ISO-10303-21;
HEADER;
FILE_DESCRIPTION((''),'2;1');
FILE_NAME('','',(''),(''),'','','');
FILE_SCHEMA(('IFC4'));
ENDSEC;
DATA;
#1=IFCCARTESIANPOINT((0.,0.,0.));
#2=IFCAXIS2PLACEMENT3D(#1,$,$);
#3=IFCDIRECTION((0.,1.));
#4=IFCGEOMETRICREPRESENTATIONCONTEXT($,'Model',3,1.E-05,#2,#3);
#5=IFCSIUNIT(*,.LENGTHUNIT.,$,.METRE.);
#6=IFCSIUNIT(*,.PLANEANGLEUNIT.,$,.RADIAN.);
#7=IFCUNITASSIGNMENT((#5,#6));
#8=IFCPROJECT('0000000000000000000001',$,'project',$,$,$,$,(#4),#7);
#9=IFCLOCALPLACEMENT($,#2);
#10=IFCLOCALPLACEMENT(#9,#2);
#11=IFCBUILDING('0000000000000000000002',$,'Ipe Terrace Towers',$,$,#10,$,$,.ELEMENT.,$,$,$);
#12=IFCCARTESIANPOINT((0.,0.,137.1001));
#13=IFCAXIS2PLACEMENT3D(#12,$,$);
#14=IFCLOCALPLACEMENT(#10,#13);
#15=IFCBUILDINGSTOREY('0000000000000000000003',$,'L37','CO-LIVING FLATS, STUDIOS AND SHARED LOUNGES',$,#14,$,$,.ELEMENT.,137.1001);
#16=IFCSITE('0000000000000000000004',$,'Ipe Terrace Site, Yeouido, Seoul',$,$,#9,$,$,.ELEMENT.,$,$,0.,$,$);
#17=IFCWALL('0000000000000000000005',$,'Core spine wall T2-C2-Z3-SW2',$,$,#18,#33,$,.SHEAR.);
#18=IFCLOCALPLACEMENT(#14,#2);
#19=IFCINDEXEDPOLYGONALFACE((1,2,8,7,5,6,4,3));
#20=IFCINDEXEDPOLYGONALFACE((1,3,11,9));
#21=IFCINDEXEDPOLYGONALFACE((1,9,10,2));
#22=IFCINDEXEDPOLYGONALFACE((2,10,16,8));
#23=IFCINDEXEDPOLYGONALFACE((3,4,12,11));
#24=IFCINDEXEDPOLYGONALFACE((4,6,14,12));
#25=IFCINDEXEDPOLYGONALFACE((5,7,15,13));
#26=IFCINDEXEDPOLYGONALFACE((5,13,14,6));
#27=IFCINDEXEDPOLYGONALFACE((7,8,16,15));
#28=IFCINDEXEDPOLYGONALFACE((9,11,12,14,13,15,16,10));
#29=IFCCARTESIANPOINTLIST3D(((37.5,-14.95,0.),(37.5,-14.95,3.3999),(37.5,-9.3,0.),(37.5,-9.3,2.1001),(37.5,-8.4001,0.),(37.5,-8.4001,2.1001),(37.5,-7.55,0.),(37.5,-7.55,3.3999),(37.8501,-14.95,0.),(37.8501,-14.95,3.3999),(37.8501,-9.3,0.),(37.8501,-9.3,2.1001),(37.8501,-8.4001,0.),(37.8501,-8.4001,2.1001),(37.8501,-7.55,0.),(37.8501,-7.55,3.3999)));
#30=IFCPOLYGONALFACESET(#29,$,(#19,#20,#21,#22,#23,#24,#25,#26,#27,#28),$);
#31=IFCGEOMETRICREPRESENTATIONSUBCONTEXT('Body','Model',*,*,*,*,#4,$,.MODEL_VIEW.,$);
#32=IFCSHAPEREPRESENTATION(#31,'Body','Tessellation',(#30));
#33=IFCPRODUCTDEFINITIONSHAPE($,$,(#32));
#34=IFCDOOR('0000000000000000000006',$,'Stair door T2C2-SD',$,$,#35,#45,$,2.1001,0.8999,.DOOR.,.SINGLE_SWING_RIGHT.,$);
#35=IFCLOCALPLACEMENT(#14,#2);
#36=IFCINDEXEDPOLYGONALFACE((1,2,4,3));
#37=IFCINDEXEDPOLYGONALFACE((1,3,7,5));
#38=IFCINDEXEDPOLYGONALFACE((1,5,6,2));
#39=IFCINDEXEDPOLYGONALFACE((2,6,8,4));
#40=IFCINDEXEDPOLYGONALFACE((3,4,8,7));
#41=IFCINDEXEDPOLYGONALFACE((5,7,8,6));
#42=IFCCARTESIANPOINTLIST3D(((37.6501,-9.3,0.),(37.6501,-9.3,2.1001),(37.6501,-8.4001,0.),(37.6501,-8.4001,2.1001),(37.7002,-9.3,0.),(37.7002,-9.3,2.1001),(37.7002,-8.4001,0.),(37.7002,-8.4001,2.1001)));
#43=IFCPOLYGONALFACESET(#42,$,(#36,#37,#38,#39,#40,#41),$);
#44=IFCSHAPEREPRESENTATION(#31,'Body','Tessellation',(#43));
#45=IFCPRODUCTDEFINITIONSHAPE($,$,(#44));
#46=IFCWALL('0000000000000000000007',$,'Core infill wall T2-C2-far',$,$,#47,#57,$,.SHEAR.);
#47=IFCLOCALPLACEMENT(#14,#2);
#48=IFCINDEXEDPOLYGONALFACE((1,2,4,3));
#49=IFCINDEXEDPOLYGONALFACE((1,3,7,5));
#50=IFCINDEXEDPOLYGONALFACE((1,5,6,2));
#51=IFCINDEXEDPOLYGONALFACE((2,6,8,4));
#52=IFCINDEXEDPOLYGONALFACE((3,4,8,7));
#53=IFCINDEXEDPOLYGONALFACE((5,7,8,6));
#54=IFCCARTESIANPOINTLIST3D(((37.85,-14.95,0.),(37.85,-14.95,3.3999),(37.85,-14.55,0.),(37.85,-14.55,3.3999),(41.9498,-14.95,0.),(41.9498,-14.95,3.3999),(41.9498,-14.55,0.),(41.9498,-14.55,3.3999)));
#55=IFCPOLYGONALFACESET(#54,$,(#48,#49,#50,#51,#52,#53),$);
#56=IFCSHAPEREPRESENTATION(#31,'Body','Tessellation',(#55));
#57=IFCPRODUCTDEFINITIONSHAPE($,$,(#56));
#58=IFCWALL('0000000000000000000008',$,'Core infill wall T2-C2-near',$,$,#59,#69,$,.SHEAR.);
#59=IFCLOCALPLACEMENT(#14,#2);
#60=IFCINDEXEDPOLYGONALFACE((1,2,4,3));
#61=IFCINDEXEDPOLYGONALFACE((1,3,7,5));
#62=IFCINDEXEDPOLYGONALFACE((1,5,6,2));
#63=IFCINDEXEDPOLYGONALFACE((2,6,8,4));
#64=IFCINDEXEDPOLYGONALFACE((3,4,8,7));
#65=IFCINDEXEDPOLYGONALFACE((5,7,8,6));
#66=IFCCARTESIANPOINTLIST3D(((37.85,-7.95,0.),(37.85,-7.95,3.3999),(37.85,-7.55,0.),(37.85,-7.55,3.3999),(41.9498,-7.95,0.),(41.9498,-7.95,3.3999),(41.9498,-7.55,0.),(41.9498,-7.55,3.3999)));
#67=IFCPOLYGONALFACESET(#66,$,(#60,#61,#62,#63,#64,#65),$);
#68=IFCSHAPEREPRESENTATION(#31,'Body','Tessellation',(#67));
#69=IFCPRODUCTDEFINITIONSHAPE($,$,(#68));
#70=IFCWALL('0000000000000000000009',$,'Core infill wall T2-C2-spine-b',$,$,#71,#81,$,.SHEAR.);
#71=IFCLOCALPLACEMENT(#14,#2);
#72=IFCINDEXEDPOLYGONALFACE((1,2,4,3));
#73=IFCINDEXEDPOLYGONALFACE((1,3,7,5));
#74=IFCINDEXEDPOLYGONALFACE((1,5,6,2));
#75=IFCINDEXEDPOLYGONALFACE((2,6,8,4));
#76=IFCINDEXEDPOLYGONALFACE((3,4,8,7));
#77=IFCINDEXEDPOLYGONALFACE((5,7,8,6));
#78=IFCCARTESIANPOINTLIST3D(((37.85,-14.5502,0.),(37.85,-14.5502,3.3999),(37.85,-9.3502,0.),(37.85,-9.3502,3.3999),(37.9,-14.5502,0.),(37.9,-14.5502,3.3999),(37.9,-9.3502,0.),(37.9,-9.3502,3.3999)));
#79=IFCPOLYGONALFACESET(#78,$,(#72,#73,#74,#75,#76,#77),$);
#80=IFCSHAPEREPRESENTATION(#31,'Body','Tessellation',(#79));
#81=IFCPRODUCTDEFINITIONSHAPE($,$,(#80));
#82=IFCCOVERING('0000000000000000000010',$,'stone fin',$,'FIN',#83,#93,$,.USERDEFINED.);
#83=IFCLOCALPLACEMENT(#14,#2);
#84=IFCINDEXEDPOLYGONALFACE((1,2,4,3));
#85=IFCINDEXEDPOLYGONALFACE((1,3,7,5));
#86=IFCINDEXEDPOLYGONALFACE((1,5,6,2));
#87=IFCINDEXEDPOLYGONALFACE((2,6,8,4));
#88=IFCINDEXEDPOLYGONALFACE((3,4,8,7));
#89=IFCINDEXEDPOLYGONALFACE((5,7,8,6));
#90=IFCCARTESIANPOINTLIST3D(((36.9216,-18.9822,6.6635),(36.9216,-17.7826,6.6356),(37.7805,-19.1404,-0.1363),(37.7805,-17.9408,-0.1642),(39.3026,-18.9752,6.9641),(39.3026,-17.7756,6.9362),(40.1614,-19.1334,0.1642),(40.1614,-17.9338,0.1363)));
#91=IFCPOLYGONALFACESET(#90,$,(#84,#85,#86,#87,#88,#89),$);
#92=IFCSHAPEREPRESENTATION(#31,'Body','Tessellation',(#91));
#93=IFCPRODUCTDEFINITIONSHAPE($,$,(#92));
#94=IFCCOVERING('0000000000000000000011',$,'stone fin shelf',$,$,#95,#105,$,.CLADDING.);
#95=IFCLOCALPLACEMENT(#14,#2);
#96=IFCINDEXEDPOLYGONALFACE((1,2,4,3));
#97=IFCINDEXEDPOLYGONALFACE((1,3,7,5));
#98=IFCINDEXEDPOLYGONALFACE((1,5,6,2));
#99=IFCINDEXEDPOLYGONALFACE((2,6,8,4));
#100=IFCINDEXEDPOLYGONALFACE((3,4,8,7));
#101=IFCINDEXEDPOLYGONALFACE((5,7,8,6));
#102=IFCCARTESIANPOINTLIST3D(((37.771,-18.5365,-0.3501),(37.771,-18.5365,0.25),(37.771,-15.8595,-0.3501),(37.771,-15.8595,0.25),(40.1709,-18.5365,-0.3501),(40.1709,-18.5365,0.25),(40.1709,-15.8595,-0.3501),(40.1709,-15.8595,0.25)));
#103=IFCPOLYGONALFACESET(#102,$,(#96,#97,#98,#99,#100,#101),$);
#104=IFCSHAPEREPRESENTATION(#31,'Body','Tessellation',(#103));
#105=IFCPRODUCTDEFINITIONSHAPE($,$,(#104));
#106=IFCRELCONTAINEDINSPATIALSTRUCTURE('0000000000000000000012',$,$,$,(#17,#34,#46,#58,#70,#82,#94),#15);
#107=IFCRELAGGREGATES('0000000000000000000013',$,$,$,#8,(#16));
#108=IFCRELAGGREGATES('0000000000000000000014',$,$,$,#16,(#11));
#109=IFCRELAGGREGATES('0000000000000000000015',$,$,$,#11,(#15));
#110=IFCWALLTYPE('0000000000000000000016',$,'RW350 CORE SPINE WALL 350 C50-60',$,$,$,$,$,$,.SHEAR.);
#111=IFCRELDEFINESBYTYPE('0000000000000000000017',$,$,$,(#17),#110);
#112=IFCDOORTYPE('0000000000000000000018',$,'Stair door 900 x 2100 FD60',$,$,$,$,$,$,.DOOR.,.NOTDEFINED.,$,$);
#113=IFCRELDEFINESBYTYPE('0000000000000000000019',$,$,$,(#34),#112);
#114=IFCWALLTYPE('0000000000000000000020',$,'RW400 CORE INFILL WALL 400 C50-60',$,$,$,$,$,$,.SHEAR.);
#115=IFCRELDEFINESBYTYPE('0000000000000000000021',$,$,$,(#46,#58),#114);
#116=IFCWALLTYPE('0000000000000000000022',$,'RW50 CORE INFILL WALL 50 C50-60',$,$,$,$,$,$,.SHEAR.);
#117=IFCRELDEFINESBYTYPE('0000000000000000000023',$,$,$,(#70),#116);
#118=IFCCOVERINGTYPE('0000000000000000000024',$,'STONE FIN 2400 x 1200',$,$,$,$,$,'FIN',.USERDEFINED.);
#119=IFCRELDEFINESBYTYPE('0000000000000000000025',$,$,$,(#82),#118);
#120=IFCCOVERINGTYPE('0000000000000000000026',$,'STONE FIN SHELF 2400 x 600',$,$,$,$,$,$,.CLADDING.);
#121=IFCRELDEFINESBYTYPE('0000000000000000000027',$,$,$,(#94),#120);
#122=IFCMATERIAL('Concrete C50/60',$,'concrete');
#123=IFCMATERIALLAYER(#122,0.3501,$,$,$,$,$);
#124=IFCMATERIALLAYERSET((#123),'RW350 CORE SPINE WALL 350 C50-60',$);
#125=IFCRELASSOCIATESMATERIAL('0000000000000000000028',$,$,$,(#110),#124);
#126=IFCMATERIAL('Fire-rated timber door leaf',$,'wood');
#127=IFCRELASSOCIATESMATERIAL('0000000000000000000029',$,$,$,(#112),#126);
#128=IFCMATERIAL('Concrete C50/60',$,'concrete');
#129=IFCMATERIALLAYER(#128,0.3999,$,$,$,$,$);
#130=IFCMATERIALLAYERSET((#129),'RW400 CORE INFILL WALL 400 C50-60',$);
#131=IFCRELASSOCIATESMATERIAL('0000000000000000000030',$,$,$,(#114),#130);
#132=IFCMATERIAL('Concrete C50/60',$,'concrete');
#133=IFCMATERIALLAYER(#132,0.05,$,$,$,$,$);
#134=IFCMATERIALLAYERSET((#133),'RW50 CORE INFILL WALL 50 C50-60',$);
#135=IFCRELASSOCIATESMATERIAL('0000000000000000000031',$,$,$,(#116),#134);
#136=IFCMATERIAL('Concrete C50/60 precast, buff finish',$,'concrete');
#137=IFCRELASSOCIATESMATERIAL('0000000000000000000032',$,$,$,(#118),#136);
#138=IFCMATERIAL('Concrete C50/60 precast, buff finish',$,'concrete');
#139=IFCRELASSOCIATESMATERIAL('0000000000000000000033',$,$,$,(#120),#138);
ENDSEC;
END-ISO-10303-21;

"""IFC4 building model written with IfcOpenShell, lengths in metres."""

from ifc_helpers import new_model, si_unit, direction, frame, frame_2d, origin, origin_2d, place, context, subcontext, project, spatial, rectangle, extrude, material, layer, layer_set, material_profile, profile_set, type_object, element, fill, save


model = new_model("IFC4")

# Units and contexts
model_context = context("Model", 3, precision=1e-05, world=origin(), true_north=direction((0.0, 1.0)))
body_context = subcontext(model_context, "Body", "Model", "MODEL_VIEW")
ifc_project = project(units=[si_unit("LENGTHUNIT", "METRE"), si_unit("PLANEANGLEUNIT", "RADIAN")], contexts=[model_context])

# Site, building, storey
site_placement = place(None, origin())
site = spatial("IfcSite", under=ifc_project, at=site_placement, Name="Ipe Terrace Site, Yeouido, Seoul", CompositionType="ELEMENT", RefElevation=0.0)
building_placement = place(site_placement, origin())
building = spatial("IfcBuilding", under=site, at=building_placement, Name="Ipe Terrace Towers", CompositionType="ELEMENT")
storey_placement = place(building_placement, frame((0.0, 0.0, 137.1001)))
storey = spatial("IfcBuildingStorey", under=building, at=storey_placement, Name="L37", Description="CO-LIVING FLATS, STUDIOS AND SHARED LOUNGES", CompositionType="ELEMENT", Elevation=137.1001)

# Shared definitions
ifc_material_1 = material(Name="Concrete C50/60", Category="concrete")
ifc_layer_1 = layer(ifc_material_1, 0.3501)
ifc_layer_set_1 = layer_set([ifc_layer_1], Name="RW350 CORE SPINE WALL 350 C50-60")
wall_type_1 = type_object("IfcWallType", Name="RW350 CORE SPINE WALL 350 C50-60", PredefinedType="SHEAR", material=ifc_layer_set_1)

# Wall, opening, door
wall_1_placement = place(storey_placement, frame((37.675, -14.95, 0.0), z_axis=(0.0, 0.0, 1.0), x_axis=(0.0, 1.0, 0.0)))
wall_1 = element("IfcWall", 1, at=wall_1_placement, inside=storey, type_object=wall_type_1, Name="Core spine wall T2-C2-Z3-SW2", PredefinedType="SHEAR", context=body_context, shape_type="SweptSolid", body=[
    extrude(rectangle(XDim=7.3999, YDim=0.3501, at=frame_2d((3.7, 0.0))), origin(), (0.0, 0.0, 1.0), 3.3999),
])
opening_1_placement = place(wall_1_placement, frame((5.6499, 0.0, 0.0)))
opening_1 = element("IfcOpeningElement", 2, at=opening_1_placement, cuts=wall_1, PredefinedType="OPENING", context=body_context, shape_type="SweptSolid", body=[
    extrude(rectangle(XDim=0.8999, YDim=2.1001, at=frame_2d((0.45, 1.05))), frame((0.0, 0.1851, 0.0), z_axis=(0.0, -1.0, 0.0), x_axis=(1.0, 0.0, 0.0)), (0.0, 0.0, 1.0), 0.3701),
])
ifc_material_2 = material(Name="Fire-rated timber door leaf", Category="wood")
door_type_1 = type_object("IfcDoorType", Name="Stair door 900 x 2100 FD60", OperationType="NOTDEFINED", PredefinedType="DOOR", material=ifc_material_2)
door_1_placement = place(opening_1_placement, origin())
door_1 = element("IfcDoor", 3, at=door_1_placement, inside=storey, type_object=door_type_1, Name="Stair door T2C2-SD", OperationType="SINGLE_SWING_RIGHT", OverallHeight=2.1001, OverallWidth=0.8999, PredefinedType="DOOR", context=body_context, shape_type="SweptSolid", body=[
    extrude(rectangle(XDim=0.8999, YDim=2.1001, at=frame_2d((0.45, 1.05))), frame((0.0, 0.0249, 0.0), z_axis=(0.0, -1.0, 0.0), x_axis=(1.0, 0.0, 0.0)), (0.0, 0.0, 1.0), 0.05),
])
fill(opening_1, door_1)

# Walls
ifc_material_3 = material(Name="Concrete C50/60", Category="concrete")
ifc_layer_2 = layer(ifc_material_3, 0.3999)
ifc_layer_set_2 = layer_set([ifc_layer_2], Name="RW400 CORE INFILL WALL 400 C50-60")
wall_type_2 = type_object("IfcWallType", Name="RW400 CORE INFILL WALL 400 C50-60", PredefinedType="SHEAR", material=ifc_layer_set_2)
for number, where, z_axis, x_axis, name in (
    (4, (37.8501, -14.75, 0.0), (0.0, 0.0, 1.0), (1.0, 0.0, 0.0), "Core infill wall T2-C2-far"),
    (5, (37.8501, -7.75, 0.0), (0.0, 0.0, 1.0), (1.0, 0.0, 0.0), "Core infill wall T2-C2-near"),
):
    element("IfcWall", number, at=place(storey_placement, frame(where, z_axis=z_axis, x_axis=x_axis)), inside=storey, type_object=wall_type_2, Name=name, PredefinedType="SHEAR", context=body_context, shape_type="SweptSolid", body=[
        extrude(rectangle(XDim=4.0999, YDim=0.3999, at=frame_2d((2.0498, 0.0))), origin(), (0.0, 0.0, 1.0), 3.3999),
    ])
ifc_material_4 = material(Name="Concrete C50/60", Category="concrete")
ifc_layer_3 = layer(ifc_material_4, 0.05)
ifc_layer_set_3 = layer_set([ifc_layer_3], Name="RW50 CORE INFILL WALL 50 C50-60")
wall_type_3 = type_object("IfcWallType", Name="RW50 CORE INFILL WALL 50 C50-60", PredefinedType="SHEAR", material=ifc_layer_set_3)
wall_2_placement = place(storey_placement, frame((37.875, -9.3501, 0.0), z_axis=(0.0, 0.0, 1.0), x_axis=(0.0, -1.0, 0.0)))
element("IfcWall", 6, at=wall_2_placement, inside=storey, type_object=wall_type_3, Name="Core infill wall T2-C2-spine-b", PredefinedType="SHEAR", context=body_context, shape_type="SweptSolid", body=[
    extrude(rectangle(XDim=5.2, YDim=0.05, at=frame_2d((2.6001, 0.0))), origin(), (0.0, 0.0, 1.0), 3.3999),
])

# Coverings
ifc_material_5 = material(Name="Concrete C50/60 precast, buff finish", Category="concrete")
ifc_material_profile = material_profile(ifc_material_5, rectangle(XDim=2.3999, YDim=1.2, at=origin_2d()), Name="STONE FIN 2400 x 1200")
ifc_profile_set = profile_set([ifc_material_profile], Name="Concrete C50/60 precast, buff finish")
covering_type_1 = type_object("IfcCoveringType", Name="STONE FIN 2400 x 1200", ElementType="FIN", PredefinedType="USERDEFINED", material=ifc_profile_set)
covering_1_placement = place(storey_placement, frame((38.9709, -18.5371, 0.0), z_axis=(-0.125281, 0.023076, 0.991853), x_axis=(0.992121, 0.002914, 0.125248)))
element("IfcCovering", 7, at=covering_1_placement, inside=storey, type_object=covering_type_1, Name="stone fin", ObjectType="FIN", PredefinedType="USERDEFINED", context=body_context, shape_type="SweptSolid", body=[
    extrude(rectangle(XDim=2.3999, YDim=1.2, at=origin_2d()), origin(), (0.0, 0.0, 1.0), 6.8557),
])
ifc_material_6 = material(Name="Concrete C50/60 precast, buff finish", Category="concrete")
covering_type_2 = type_object("IfcCoveringType", Name="STONE FIN SHELF 2400 x 600", PredefinedType="CLADDING", material=ifc_material_6)
covering_2_placement = place(storey_placement, frame((38.9709, -17.198, -0.3501), z_axis=(0.0, 0.0, 1.0), x_axis=(1.0, 0.0, 0.0)))
element("IfcCovering", 8, at=covering_2_placement, inside=storey, type_object=covering_type_2, Name="stone fin shelf", PredefinedType="CLADDING", context=body_context, shape_type="SweptSolid", body=[
    extrude(rectangle(XDim=2.3999, YDim=2.677, at=origin_2d()), origin(), (0.0, 0.0, 1.0), 0.6001),
])

save(model, "model.ifc")
